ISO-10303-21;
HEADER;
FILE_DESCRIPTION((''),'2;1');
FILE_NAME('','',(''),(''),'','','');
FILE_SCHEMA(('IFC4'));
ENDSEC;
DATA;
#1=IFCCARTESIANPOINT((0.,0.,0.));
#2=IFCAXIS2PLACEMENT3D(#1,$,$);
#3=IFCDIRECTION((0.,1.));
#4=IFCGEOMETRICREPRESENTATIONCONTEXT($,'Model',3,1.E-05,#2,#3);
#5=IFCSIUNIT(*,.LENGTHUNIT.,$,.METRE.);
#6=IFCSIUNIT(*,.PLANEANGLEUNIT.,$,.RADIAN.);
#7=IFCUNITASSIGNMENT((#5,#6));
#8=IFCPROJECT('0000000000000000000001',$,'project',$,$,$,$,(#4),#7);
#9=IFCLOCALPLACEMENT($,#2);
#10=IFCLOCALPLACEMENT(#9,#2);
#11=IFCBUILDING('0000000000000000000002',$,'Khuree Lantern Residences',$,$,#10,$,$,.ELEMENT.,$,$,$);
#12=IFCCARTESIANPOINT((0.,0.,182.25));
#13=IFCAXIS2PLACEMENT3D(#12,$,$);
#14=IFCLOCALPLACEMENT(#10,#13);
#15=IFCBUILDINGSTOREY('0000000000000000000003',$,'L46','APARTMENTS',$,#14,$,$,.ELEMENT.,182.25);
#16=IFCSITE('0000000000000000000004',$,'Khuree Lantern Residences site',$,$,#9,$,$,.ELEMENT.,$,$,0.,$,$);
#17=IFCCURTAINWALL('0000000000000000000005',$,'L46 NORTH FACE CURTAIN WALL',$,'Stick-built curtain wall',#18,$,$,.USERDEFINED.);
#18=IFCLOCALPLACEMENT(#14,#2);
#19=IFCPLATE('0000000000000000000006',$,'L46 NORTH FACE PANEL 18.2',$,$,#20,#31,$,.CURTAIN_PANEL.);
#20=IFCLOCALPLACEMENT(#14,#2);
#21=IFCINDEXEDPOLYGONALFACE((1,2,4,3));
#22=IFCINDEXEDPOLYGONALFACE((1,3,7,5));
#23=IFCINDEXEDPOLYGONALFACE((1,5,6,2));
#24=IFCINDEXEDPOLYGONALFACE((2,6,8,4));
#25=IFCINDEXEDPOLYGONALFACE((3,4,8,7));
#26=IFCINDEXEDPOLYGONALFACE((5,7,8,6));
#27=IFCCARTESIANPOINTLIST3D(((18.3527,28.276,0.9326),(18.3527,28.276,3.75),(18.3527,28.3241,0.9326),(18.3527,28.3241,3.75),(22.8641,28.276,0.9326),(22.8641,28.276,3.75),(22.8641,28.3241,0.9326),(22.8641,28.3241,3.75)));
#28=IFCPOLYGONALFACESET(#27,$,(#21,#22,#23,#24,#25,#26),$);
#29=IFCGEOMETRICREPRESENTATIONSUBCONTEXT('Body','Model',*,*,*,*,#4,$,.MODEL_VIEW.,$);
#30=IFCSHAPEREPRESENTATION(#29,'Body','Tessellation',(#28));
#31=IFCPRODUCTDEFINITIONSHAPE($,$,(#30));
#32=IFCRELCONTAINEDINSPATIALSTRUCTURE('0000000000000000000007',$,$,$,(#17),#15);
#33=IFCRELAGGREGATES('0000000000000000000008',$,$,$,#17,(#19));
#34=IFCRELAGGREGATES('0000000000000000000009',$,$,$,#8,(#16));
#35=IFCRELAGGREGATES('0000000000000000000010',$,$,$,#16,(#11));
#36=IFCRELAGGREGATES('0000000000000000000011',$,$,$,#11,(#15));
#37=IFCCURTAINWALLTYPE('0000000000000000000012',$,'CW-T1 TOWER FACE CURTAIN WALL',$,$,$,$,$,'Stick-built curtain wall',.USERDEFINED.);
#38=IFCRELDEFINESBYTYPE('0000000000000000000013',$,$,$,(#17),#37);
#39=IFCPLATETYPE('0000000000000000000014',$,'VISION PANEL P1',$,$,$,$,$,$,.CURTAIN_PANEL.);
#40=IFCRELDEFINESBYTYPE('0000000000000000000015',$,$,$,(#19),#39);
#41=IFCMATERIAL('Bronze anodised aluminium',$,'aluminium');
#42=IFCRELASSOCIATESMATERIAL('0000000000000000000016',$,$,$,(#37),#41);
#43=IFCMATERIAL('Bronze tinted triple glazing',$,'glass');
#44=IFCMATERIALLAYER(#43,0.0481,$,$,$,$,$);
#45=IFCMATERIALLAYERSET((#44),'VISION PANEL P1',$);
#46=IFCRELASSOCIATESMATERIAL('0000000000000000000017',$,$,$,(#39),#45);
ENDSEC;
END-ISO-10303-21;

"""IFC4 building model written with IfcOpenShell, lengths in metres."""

from ifc_helpers import new_model, si_unit, direction, frame, origin, origin_2d, place, context, subcontext, project, spatial, rectangle, extrude, material, layer, layer_set, type_object, element, aggregate, save


model = new_model("IFC4")

# Units and contexts
model_context = context("Model", 3, precision=1e-05, world=origin(), true_north=direction((0.0, 1.0)))
body_context = subcontext(model_context, "Body", "Model", "MODEL_VIEW")
ifc_project = project(units=[si_unit("LENGTHUNIT", "METRE"), si_unit("PLANEANGLEUNIT", "RADIAN")], contexts=[model_context])

# Site, building, storey
site_placement = place(None, origin())
site = spatial("IfcSite", under=ifc_project, at=site_placement, Name="Khuree Lantern Residences site", CompositionType="ELEMENT", RefElevation=0.0)
building_placement = place(site_placement, origin())
building = spatial("IfcBuilding", under=site, at=building_placement, Name="Khuree Lantern Residences", CompositionType="ELEMENT")
storey_placement = place(building_placement, frame((0.0, 0.0, 182.25)))
storey = spatial("IfcBuildingStorey", under=building, at=storey_placement, Name="L46", Description="APARTMENTS", CompositionType="ELEMENT", Elevation=182.25)

# Curtain wall
ifc_material_1 = material(Name="Bronze anodised aluminium", Category="aluminium")
curtain_wall_type_1 = type_object("IfcCurtainWallType", Name="CW-T1 TOWER FACE CURTAIN WALL", ElementType="Stick-built curtain wall", PredefinedType="USERDEFINED", material=ifc_material_1)
curtain_wall_1_placement = place(storey_placement, origin())
curtain_wall_1 = element("IfcCurtainWall", 1, at=curtain_wall_1_placement, inside=storey, type_object=curtain_wall_type_1, Name="L46 NORTH FACE CURTAIN WALL", ObjectType="Stick-built curtain wall", PredefinedType="USERDEFINED")

# Plate
ifc_material_2 = material(Name="Bronze tinted triple glazing", Category="glass")
ifc_layer_1 = layer(ifc_material_2, 0.0481)
ifc_layer_set_1 = layer_set([ifc_layer_1], Name="VISION PANEL P1")
plate_type_1 = type_object("IfcPlateType", Name="VISION PANEL P1", PredefinedType="CURTAIN_PANEL", material=ifc_layer_set_1)
plate_1_placement = place(storey_placement, frame((20.6084, 28.3, 0.9326), z_axis=(0.0, 0.0, 1.0), x_axis=(-1.0, 0.0, 0.0)))
plate_1 = element("IfcPlate", 2, at=plate_1_placement, type_object=plate_type_1, Name="L46 NORTH FACE PANEL 18.2", PredefinedType="CURTAIN_PANEL", context=body_context, shape_type="SweptSolid", body=[
    extrude(rectangle(XDim=4.5115, YDim=0.0481, at=origin_2d()), origin(), (0.0, 0.0, 1.0), 2.8174),
])
aggregate(curtain_wall_1, [plate_1])

save(model, "model.ifc")
